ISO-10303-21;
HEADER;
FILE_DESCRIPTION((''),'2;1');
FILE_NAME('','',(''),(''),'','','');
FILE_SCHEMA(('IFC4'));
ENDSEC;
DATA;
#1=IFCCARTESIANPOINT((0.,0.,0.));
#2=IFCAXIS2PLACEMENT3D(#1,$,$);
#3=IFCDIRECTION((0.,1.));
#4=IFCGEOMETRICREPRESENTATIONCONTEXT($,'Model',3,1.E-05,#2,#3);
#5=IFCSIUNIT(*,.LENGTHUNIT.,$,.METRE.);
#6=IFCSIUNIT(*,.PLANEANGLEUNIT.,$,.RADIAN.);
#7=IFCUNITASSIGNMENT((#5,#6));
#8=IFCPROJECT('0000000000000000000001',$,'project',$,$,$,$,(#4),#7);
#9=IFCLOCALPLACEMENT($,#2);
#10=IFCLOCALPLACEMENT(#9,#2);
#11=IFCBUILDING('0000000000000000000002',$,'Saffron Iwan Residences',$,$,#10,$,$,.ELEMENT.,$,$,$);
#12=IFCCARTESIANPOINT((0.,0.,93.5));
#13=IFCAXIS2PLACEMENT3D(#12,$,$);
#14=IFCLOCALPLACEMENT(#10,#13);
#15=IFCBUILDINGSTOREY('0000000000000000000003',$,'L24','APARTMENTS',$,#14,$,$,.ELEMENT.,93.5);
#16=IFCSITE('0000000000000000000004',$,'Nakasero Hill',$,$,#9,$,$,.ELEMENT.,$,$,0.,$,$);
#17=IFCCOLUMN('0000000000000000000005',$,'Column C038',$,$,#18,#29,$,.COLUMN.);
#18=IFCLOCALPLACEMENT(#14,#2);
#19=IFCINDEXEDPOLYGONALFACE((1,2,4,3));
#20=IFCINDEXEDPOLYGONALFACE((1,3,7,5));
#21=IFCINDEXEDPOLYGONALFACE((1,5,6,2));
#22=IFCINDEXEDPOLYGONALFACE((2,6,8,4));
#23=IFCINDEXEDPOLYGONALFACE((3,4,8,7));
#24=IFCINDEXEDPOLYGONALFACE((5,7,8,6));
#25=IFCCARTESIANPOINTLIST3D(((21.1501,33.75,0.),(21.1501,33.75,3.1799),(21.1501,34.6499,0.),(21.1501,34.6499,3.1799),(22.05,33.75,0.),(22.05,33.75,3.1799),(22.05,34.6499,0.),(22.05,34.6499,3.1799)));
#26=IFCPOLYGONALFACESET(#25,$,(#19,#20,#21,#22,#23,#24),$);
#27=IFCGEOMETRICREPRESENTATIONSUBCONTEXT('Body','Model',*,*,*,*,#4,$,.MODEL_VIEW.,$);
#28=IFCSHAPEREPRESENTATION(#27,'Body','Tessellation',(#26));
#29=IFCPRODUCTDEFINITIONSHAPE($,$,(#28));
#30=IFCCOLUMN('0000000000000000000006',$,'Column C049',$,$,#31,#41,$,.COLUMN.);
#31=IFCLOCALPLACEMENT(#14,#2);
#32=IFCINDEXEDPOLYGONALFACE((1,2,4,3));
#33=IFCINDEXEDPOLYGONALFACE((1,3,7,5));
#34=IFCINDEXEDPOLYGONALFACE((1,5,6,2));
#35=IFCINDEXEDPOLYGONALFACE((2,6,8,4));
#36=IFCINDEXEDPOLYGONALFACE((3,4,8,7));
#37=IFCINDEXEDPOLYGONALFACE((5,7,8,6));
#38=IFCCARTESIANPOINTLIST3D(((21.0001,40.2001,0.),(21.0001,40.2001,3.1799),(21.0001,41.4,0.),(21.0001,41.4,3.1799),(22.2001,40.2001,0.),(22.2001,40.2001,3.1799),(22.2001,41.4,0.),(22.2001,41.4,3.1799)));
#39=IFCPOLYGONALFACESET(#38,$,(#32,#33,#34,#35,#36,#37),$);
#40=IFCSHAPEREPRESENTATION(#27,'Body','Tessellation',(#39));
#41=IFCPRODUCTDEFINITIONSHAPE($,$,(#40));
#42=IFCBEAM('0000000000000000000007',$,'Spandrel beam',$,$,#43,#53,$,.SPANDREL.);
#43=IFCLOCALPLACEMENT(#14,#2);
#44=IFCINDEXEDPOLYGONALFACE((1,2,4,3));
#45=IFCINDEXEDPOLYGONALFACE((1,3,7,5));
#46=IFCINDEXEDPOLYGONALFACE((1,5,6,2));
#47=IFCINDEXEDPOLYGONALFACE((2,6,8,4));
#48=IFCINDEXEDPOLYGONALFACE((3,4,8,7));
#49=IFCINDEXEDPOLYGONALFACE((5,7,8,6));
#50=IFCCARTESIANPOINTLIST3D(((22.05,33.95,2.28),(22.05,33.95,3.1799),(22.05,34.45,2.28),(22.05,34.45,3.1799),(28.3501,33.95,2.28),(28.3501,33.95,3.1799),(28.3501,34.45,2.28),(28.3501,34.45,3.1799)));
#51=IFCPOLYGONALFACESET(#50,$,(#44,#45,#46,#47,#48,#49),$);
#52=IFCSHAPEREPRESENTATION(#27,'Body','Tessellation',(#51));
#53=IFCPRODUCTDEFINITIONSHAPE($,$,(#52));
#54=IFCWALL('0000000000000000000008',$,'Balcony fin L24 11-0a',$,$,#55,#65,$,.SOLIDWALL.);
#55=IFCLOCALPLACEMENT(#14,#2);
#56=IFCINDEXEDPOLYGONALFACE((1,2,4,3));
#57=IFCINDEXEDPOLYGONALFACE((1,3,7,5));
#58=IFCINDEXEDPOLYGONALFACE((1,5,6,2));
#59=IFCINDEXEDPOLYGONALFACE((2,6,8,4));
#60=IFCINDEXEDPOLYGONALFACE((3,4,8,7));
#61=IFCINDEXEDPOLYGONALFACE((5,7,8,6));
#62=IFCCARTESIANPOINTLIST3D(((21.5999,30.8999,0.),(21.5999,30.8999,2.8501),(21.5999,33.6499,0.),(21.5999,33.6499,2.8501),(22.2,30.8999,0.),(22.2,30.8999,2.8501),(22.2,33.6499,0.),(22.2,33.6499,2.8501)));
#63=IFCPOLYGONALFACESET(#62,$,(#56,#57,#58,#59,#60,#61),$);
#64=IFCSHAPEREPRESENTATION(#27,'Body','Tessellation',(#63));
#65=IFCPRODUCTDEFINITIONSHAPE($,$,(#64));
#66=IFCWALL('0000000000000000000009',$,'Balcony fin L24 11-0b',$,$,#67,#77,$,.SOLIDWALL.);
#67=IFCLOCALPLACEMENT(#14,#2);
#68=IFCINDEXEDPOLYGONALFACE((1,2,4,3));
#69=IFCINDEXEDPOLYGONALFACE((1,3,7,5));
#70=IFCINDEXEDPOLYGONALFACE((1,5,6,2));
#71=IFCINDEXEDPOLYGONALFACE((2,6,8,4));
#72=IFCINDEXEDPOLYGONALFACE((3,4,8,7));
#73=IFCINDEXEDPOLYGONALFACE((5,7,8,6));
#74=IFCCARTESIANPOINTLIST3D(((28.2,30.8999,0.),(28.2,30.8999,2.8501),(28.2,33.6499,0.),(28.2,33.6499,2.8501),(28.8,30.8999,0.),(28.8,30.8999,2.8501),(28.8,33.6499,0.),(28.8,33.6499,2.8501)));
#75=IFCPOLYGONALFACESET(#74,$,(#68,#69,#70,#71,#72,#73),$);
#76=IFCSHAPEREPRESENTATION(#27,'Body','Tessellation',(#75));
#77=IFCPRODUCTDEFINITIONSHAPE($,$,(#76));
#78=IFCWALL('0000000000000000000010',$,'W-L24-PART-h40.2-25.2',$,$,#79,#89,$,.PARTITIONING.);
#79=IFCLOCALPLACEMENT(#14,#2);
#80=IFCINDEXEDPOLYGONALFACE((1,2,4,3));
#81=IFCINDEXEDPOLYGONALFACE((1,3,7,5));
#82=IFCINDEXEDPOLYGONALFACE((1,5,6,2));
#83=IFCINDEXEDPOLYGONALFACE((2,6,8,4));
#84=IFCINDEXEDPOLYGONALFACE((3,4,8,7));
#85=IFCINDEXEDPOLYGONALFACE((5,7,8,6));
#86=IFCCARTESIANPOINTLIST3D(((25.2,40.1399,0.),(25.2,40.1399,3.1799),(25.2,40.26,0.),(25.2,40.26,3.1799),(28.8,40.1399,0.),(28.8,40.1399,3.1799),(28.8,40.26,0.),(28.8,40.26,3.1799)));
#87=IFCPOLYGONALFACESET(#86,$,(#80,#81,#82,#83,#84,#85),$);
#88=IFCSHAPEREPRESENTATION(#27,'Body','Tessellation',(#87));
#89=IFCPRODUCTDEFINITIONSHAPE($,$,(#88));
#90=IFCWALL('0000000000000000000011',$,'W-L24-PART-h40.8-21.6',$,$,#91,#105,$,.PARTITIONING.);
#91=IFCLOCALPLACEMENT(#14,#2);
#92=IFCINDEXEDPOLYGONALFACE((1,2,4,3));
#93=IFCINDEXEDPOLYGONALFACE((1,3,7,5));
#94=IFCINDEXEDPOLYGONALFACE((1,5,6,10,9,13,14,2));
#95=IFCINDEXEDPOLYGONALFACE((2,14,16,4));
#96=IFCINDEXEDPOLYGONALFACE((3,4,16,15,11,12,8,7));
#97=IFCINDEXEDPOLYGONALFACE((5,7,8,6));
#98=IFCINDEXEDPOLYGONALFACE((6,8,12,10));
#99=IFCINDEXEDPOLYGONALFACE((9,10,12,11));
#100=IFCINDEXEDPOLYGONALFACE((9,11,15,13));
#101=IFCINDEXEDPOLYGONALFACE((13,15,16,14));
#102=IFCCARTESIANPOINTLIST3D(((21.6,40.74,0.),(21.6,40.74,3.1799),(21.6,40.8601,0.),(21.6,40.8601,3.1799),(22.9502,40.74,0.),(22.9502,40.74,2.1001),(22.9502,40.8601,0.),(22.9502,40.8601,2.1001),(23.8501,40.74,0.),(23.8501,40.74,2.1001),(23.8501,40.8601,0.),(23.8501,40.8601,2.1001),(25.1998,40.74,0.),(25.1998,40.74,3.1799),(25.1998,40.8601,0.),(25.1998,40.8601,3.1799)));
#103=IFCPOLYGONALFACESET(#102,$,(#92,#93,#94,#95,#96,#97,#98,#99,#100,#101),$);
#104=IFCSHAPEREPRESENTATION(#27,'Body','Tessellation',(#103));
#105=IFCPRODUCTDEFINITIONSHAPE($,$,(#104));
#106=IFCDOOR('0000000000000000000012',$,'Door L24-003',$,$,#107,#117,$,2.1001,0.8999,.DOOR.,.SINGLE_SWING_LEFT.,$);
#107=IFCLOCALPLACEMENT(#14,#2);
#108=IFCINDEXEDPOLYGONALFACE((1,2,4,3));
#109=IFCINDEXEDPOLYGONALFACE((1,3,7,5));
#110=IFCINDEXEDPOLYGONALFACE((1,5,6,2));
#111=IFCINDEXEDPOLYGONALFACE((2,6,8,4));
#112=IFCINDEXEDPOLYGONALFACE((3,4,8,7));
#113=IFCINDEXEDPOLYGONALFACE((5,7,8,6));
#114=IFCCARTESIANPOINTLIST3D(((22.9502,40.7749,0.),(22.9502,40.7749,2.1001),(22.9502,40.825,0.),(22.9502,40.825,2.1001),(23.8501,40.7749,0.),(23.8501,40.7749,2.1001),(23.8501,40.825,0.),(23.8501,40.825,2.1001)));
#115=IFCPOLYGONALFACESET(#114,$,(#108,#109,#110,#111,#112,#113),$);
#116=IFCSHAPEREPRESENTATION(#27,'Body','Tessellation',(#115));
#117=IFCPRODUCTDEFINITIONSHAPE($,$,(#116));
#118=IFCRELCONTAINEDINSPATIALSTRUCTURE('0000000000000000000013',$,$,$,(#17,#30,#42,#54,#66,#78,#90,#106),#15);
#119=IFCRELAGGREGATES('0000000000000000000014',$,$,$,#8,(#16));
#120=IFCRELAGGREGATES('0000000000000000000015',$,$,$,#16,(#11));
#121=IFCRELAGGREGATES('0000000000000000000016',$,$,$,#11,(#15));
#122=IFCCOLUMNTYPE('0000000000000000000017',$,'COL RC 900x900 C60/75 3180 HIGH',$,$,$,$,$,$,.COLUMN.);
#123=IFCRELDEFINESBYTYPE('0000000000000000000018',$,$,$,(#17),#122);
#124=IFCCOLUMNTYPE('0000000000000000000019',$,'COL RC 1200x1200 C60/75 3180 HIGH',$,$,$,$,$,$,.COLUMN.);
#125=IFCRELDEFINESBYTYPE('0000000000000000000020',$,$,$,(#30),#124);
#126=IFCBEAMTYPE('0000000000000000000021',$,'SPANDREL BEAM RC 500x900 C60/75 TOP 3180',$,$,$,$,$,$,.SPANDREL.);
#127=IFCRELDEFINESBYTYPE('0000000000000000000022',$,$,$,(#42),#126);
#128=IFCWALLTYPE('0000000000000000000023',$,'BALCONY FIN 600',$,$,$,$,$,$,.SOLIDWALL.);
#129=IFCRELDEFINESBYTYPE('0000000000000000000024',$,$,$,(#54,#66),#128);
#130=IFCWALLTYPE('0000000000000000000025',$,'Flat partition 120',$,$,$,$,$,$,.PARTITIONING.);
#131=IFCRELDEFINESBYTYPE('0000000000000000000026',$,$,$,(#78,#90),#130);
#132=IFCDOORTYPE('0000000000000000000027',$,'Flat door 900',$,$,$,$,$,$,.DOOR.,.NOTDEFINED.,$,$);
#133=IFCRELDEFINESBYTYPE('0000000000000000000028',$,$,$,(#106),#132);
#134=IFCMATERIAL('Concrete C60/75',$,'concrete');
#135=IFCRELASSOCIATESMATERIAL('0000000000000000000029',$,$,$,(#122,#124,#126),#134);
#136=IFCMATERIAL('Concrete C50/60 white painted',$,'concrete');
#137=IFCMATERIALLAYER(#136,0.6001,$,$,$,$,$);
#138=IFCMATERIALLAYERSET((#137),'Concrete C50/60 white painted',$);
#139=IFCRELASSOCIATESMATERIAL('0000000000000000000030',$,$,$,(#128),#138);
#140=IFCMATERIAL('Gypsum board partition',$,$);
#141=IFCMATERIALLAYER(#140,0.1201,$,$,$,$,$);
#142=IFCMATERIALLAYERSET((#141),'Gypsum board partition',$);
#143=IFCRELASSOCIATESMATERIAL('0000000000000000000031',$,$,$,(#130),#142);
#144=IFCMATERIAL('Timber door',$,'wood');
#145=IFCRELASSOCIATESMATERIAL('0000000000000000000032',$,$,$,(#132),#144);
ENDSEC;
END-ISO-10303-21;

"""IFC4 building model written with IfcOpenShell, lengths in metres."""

from ifc_helpers import new_model, si_unit, direction, frame, frame_2d, origin, origin_2d, place, context, subcontext, project, spatial, rectangle, extrude, source, transform, mapped, material, layer, layer_set, material_profile, profile_set, type_object, element, fill, save


model = new_model("IFC4")

# Units and contexts
model_context = context("Model", 3, precision=1e-05, world=origin(), true_north=direction((0.0, 1.0)))
body_context = subcontext(model_context, "Body", "Model", "MODEL_VIEW")
ifc_project = project(units=[si_unit("LENGTHUNIT", "METRE"), si_unit("PLANEANGLEUNIT", "RADIAN")], contexts=[model_context])

# Site, building, storey
site_placement = place(None, origin())
site = spatial("IfcSite", under=ifc_project, at=site_placement, Name="Nakasero Hill", CompositionType="ELEMENT", RefElevation=0.0)
building_placement = place(site_placement, origin())
building = spatial("IfcBuilding", under=site, at=building_placement, Name="Saffron Iwan Residences", CompositionType="ELEMENT")
storey_placement = place(building_placement, frame((0.0, 0.0, 93.5)))
storey = spatial("IfcBuildingStorey", under=building, at=storey_placement, Name="L24", Description="APARTMENTS", CompositionType="ELEMENT", Elevation=93.5)

# Columns
ifc_material_1 = material(Name="Concrete C60/75", Category="concrete")
ifc_material_profile_1 = material_profile(ifc_material_1, rectangle(XDim=0.8999, YDim=0.8999, at=origin_2d()), Name="RC 900x900")
ifc_profile_set_1 = profile_set([ifc_material_profile_1], Name="Concrete C60/75")
column_type_1 = type_object("IfcColumnType", Name="COL RC 900x900 C60/75 3180 HIGH", PredefinedType="COLUMN", material=ifc_profile_set_1)
shared_shape_1 = source(origin(), body_context, "Body", "SweptSolid", [
    extrude(rectangle(XDim=0.8999, YDim=0.8999, at=origin_2d()), origin(), (0.0, 0.0, 1.0), 3.1799),
])
column_1_placement = place(storey_placement, frame((21.6001, 34.2, 0.0), z_axis=(0.0, 0.0, 1.0), x_axis=(1.0, 0.0, 0.0)))
element("IfcColumn", 1, at=column_1_placement, inside=storey, type_object=column_type_1, Name="Column C038", PredefinedType="COLUMN", context=body_context, shape_type="MappedRepresentation", body=[
    mapped(shared_shape_1, transform((0.0, 0.0, 0.0))),
])
ifc_material_profile_2 = material_profile(ifc_material_1, rectangle(XDim=1.2, YDim=1.2, at=origin_2d()), Name="RC 1200x1200")
ifc_profile_set_2 = profile_set([ifc_material_profile_2], Name="Concrete C60/75")
column_type_2 = type_object("IfcColumnType", Name="COL RC 1200x1200 C60/75 3180 HIGH", PredefinedType="COLUMN", material=ifc_profile_set_2)
shared_shape_2 = source(origin(), body_context, "Body", "SweptSolid", [
    extrude(rectangle(XDim=1.2, YDim=1.2, at=origin_2d()), origin(), (0.0, 0.0, 1.0), 3.1799),
])
column_2_placement = place(storey_placement, frame((21.6001, 40.8, 0.0), z_axis=(0.0, 0.0, 1.0), x_axis=(1.0, 0.0, 0.0)))
element("IfcColumn", 2, at=column_2_placement, inside=storey, type_object=column_type_2, Name="Column C049", PredefinedType="COLUMN", context=body_context, shape_type="MappedRepresentation", body=[
    mapped(shared_shape_2, transform((0.0, 0.0, 0.0))),
])

# Beam
ifc_material_profile_3 = material_profile(ifc_material_1, rectangle(XDim=0.5, YDim=0.8999, at=origin_2d()), Name="RC 500x900")
ifc_profile_set_3 = profile_set([ifc_material_profile_3], Name="Concrete C60/75")
beam_type = type_object("IfcBeamType", Name="SPANDREL BEAM RC 500x900 C60/75 TOP 3180", PredefinedType="SPANDREL", material=ifc_profile_set_3)
shared_shape_3 = source(origin(), body_context, "Body", "SweptSolid", [
    extrude(rectangle(XDim=0.5, YDim=0.8999, at=origin_2d()), origin(), (0.0, 0.0, 1.0), 6.3),
])
beam_placement = place(storey_placement, frame((28.3501, 34.2, 2.73), z_axis=(-1.0, 0.0, 0.0), x_axis=(0.0, -1.0, 0.0)))
element("IfcBeam", 3, at=beam_placement, inside=storey, type_object=beam_type, Name="Spandrel beam", PredefinedType="SPANDREL", context=body_context, shape_type="MappedRepresentation", body=[
    mapped(shared_shape_3, transform((0.0, 0.0, 0.0))),
])

# Walls
ifc_material_2 = material(Name="Concrete C50/60 white painted", Category="concrete")
ifc_layer_1 = layer(ifc_material_2, 0.6001)
ifc_layer_set_1 = layer_set([ifc_layer_1], Name="Concrete C50/60 white painted")
wall_type_1 = type_object("IfcWallType", Name="BALCONY FIN 600", PredefinedType="SOLIDWALL", material=ifc_layer_set_1)
for number, where, z_axis, x_axis, name in (
    (4, (21.8999, 33.6499, 0.0), (0.0, 0.0, 1.0), (0.0, -1.0, 0.0), "Balcony fin L24 11-0a"),
    (5, (28.5, 33.6499, 0.0), (0.0, 0.0, 1.0), (0.0, -1.0, 0.0), "Balcony fin L24 11-0b"),
):
    element("IfcWall", number, at=place(storey_placement, frame(where, z_axis=z_axis, x_axis=x_axis)), inside=storey, type_object=wall_type_1, Name=name, PredefinedType="SOLIDWALL", context=body_context, shape_type="SweptSolid", body=[
        extrude(rectangle(XDim=2.75, YDim=0.6001, at=frame_2d((1.375, 0.0))), origin(), (0.0, 0.0, 1.0), 2.8501),
    ])

# Wall
ifc_material_3 = material(Name="Gypsum board partition")
ifc_layer_2 = layer(ifc_material_3, 0.1201)
ifc_layer_set_2 = layer_set([ifc_layer_2], Name="Gypsum board partition")
wall_type_2 = type_object("IfcWallType", Name="Flat partition 120", PredefinedType="PARTITIONING", material=ifc_layer_set_2)
wall_1_placement = place(storey_placement, frame((25.2, 40.2, 0.0), z_axis=(0.0, 0.0, 1.0), x_axis=(1.0, 0.0, 0.0)))
element("IfcWall", 6, at=wall_1_placement, inside=storey, type_object=wall_type_2, Name="W-L24-PART-h40.2-25.2", PredefinedType="PARTITIONING", context=body_context, shape_type="SweptSolid", body=[
    extrude(rectangle(XDim=3.6001, YDim=0.1201, at=frame_2d((1.8, 0.0))), origin(), (0.0, 0.0, 1.0), 3.1799),
])

# Wall, opening, door
wall_2_placement = place(storey_placement, frame((21.6001, 40.8, 0.0), z_axis=(0.0, 0.0, 1.0), x_axis=(1.0, 0.0, 0.0)))
wall_2 = element("IfcWall", 7, at=wall_2_placement, inside=storey, type_object=wall_type_2, Name="W-L24-PART-h40.8-21.6", PredefinedType="PARTITIONING", context=body_context, shape_type="SweptSolid", body=[
    extrude(rectangle(XDim=3.5999, YDim=0.1201, at=frame_2d((1.7998, 0.0))), origin(), (0.0, 0.0, 1.0), 3.1799),
])
opening_1_placement = place(wall_2_placement, frame((1.3501, 0.0, 0.0)))
opening_1 = element("IfcOpeningElement", 8, at=opening_1_placement, cuts=wall_2, PredefinedType="OPENING", context=body_context, shape_type="SweptSolid", body=[
    extrude(rectangle(XDim=0.8999, YDim=2.1001, at=frame_2d((0.45, 1.05))), frame((0.0, 0.0701, 0.0), z_axis=(0.0, -1.0, 0.0), x_axis=(1.0, 0.0, 0.0)), (0.0, 0.0, 1.0), 0.1401),
])
ifc_material_4 = material(Name="Timber door", Category="wood")
door_type_1 = type_object("IfcDoorType", Name="Flat door 900", OperationType="NOTDEFINED", PredefinedType="DOOR", material=ifc_material_4)
door_1_placement = place(opening_1_placement, origin())
door_1 = element("IfcDoor", 9, at=door_1_placement, inside=storey, type_object=door_type_1, Name="Door L24-003", OperationType="SINGLE_SWING_LEFT", OverallHeight=2.1001, OverallWidth=0.8999, PredefinedType="DOOR", context=body_context, shape_type="SweptSolid", body=[
    extrude(rectangle(XDim=0.8999, YDim=2.1001, at=frame_2d((0.45, 1.05))), frame((0.0, 0.0249, 0.0), z_axis=(0.0, -1.0, 0.0), x_axis=(1.0, 0.0, 0.0)), (0.0, 0.0, 1.0), 0.05),
])
fill(opening_1, door_1)

save(model, "model.ifc")
